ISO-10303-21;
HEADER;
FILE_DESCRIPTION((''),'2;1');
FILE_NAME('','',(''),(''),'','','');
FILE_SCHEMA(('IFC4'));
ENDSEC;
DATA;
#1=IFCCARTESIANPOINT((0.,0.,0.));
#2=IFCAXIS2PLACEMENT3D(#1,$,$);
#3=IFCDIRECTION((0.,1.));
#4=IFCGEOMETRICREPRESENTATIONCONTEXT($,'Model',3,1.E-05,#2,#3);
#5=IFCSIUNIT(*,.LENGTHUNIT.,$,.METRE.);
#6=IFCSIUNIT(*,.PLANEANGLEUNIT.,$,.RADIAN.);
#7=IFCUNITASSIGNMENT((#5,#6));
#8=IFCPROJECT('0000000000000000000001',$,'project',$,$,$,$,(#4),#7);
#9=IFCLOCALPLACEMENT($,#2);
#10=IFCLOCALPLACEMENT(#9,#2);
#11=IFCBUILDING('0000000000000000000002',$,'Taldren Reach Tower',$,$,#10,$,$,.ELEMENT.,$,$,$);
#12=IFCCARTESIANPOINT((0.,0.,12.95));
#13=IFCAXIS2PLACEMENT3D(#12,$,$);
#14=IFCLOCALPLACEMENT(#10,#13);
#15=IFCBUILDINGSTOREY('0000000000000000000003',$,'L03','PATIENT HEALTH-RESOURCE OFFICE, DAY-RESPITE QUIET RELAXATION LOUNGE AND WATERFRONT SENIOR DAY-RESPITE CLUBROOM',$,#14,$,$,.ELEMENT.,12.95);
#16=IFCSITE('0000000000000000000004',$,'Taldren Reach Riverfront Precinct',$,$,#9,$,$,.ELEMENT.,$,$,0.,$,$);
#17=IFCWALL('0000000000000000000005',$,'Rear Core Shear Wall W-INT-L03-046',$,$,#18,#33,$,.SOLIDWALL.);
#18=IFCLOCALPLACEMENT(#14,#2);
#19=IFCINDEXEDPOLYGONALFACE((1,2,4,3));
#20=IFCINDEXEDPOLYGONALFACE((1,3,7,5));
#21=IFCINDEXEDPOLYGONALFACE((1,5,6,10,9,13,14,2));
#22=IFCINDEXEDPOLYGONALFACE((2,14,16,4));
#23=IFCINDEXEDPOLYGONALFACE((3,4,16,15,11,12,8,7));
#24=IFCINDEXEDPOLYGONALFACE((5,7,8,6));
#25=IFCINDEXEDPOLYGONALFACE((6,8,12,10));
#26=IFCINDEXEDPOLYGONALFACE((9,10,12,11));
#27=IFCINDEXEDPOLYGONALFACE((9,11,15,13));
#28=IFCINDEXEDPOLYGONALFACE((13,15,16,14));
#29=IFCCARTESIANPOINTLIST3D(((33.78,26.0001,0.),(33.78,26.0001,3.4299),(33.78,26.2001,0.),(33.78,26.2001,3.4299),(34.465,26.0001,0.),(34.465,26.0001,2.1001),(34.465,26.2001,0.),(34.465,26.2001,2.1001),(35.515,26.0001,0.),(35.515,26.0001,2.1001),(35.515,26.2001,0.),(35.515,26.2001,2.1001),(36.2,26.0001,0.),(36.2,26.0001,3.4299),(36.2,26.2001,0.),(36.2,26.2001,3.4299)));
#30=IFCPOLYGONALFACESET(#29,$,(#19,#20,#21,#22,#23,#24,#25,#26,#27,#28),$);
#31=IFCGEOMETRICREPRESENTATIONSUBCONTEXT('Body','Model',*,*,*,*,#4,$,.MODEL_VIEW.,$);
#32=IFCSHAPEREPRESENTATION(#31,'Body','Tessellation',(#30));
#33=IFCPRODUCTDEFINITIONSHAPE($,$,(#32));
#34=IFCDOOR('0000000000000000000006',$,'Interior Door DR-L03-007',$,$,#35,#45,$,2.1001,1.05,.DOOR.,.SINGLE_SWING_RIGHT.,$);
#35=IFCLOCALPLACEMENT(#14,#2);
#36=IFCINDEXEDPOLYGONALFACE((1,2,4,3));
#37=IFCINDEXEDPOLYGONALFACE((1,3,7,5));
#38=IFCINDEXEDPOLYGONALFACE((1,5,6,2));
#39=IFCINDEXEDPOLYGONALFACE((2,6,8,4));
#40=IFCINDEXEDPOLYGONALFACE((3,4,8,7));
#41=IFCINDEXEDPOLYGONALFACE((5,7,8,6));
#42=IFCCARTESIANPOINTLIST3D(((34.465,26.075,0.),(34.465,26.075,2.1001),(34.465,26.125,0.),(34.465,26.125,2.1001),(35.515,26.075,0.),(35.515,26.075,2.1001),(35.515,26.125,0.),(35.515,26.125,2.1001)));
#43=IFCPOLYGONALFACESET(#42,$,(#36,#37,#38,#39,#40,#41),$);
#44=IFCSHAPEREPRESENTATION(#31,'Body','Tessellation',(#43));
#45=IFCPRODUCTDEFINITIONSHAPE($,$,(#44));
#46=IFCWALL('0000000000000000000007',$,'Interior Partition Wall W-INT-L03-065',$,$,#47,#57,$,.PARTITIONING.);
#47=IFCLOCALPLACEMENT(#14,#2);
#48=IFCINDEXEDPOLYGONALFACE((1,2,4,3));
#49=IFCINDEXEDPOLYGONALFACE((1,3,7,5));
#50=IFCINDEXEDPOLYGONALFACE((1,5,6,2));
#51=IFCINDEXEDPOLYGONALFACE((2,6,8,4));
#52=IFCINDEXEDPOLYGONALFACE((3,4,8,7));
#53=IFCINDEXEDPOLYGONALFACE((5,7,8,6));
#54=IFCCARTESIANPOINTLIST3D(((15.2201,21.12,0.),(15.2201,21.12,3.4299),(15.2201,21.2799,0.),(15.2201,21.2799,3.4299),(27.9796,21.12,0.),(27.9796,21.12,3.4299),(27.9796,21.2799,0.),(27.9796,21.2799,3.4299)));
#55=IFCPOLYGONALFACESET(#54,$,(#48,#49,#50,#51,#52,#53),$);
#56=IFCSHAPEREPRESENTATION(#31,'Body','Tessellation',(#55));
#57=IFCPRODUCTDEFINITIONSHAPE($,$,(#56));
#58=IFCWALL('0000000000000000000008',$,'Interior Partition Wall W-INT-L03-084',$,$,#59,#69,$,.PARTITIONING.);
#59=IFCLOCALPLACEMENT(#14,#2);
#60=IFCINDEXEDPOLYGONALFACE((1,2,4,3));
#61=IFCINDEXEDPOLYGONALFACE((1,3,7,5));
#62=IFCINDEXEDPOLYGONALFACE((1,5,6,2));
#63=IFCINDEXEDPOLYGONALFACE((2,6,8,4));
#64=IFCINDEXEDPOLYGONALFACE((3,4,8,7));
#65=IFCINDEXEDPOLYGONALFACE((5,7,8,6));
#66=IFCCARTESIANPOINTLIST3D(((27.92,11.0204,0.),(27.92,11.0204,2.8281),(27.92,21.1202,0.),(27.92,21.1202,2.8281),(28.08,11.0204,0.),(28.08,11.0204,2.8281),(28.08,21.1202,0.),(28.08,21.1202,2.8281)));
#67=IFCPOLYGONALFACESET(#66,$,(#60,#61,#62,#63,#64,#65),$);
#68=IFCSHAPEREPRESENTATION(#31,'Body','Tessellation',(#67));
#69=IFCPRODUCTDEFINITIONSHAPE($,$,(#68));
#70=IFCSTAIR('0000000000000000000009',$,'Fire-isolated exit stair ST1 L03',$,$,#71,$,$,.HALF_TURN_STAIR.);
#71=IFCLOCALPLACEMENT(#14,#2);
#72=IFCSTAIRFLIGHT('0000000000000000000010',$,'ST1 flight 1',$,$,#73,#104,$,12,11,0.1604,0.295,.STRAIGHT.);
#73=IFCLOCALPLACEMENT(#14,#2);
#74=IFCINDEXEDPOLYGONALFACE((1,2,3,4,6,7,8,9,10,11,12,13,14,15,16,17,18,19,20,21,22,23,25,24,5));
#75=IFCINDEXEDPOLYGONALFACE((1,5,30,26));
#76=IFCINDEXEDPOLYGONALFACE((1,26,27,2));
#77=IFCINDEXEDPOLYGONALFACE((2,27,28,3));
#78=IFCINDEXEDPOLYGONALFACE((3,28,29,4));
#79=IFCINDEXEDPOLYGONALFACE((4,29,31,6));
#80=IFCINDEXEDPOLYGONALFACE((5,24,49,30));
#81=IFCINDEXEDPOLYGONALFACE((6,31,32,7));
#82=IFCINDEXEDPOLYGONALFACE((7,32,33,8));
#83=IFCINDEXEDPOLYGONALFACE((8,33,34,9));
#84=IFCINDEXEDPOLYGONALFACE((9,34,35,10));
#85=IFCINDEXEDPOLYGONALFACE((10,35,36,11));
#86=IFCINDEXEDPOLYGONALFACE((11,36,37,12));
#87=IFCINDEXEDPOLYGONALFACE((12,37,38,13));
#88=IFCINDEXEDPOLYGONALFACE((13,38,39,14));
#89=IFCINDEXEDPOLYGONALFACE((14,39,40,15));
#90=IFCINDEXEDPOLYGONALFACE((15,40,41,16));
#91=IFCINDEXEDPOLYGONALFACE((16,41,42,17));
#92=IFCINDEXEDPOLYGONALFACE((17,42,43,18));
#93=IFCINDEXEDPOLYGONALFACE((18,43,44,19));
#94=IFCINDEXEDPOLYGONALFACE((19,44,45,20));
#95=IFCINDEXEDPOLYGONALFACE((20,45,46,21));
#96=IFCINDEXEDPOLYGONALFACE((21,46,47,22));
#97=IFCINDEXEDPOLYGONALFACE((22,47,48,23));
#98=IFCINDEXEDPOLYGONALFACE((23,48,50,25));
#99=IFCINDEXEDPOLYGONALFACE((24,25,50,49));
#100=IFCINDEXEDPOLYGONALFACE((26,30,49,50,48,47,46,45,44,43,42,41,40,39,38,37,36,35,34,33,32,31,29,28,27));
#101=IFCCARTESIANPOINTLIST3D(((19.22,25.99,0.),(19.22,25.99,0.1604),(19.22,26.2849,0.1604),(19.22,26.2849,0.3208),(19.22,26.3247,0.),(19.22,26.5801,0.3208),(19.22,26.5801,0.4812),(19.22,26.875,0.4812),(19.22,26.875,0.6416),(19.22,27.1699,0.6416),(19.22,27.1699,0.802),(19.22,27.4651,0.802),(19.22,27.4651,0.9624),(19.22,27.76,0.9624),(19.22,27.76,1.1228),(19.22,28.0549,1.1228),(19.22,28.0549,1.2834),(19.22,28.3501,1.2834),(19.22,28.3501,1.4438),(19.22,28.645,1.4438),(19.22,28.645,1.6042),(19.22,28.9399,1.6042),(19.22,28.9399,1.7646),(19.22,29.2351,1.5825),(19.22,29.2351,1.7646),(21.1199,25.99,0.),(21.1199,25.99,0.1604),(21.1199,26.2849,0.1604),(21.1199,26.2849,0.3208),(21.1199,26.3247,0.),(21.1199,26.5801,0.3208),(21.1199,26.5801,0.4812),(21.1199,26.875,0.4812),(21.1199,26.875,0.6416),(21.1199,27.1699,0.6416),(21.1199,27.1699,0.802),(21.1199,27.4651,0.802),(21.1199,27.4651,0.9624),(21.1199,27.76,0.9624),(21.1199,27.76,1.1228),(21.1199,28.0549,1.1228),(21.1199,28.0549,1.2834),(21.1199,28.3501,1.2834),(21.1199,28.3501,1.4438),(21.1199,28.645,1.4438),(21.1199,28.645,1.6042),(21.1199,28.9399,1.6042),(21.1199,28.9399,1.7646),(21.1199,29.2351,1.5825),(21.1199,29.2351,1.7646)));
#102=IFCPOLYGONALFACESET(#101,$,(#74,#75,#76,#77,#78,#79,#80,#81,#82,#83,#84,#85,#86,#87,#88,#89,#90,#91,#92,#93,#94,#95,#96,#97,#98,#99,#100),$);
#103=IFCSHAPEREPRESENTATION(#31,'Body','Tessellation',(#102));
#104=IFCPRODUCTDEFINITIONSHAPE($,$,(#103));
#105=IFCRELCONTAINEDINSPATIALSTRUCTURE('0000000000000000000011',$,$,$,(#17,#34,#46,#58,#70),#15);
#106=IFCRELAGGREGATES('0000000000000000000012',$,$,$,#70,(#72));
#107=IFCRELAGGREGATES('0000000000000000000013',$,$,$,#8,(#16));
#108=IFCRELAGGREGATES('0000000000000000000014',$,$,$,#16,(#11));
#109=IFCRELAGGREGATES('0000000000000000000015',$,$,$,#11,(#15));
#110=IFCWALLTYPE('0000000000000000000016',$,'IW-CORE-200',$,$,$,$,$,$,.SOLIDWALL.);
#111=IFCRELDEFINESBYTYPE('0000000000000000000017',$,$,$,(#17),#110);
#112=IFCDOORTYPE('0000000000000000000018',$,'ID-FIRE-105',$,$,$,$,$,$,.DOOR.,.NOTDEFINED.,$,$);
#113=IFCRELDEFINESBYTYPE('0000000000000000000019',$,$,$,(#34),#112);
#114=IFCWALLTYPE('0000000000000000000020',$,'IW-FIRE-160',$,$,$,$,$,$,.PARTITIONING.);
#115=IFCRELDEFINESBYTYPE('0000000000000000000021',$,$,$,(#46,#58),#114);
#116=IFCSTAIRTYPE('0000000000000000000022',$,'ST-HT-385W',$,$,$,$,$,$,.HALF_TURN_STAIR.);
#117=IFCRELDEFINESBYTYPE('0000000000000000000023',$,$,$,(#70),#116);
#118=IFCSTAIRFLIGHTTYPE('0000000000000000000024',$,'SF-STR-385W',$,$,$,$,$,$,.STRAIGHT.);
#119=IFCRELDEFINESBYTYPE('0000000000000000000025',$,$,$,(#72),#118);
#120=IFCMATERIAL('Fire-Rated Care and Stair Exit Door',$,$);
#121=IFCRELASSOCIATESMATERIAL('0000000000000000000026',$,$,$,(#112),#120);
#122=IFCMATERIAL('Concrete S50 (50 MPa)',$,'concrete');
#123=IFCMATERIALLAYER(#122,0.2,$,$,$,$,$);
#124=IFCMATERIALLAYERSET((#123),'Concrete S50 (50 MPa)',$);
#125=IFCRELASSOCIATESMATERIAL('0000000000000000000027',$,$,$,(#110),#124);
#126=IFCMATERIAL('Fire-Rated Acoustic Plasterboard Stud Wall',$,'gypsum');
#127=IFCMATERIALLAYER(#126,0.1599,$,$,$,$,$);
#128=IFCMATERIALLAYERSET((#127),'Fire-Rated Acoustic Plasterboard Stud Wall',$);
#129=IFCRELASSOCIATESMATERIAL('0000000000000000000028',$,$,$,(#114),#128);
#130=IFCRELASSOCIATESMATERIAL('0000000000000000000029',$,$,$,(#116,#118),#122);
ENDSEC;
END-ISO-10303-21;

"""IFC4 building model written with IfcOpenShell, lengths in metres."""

from ifc_helpers import new_model, si_unit, direction, frame, frame_2d, origin, place, context, subcontext, project, spatial, polyline, rectangle, outline, extrude, source, transform, mapped, material, layer, layer_set, type_object, element, fill, aggregate, save


model = new_model("IFC4")

# Units and contexts
model_context = context("Model", 3, precision=1e-05, world=origin(), true_north=direction((0.0, 1.0)))
body_context = subcontext(model_context, "Body", "Model", "MODEL_VIEW")
ifc_project = project(units=[si_unit("LENGTHUNIT", "METRE"), si_unit("PLANEANGLEUNIT", "RADIAN")], contexts=[model_context])

# Site, building, storey
site_placement = place(None, origin())
site = spatial("IfcSite", under=ifc_project, at=site_placement, Name="Taldren Reach Riverfront Precinct", CompositionType="ELEMENT", RefElevation=0.0)
building_placement = place(site_placement, origin())
building = spatial("IfcBuilding", under=site, at=building_placement, Name="Taldren Reach Tower", CompositionType="ELEMENT")
storey_placement = place(building_placement, frame((0.0, 0.0, 12.95)))
storey = spatial("IfcBuildingStorey", under=building, at=storey_placement, Name="L03", Description="PATIENT HEALTH-RESOURCE OFFICE, DAY-RESPITE QUIET RELAXATION LOUNGE AND WATERFRONT SENIOR DAY-RESPITE CLUBROOM", CompositionType="ELEMENT", Elevation=12.95)

# Shared definitions
ifc_material_1 = material(Name="Fire-Rated Care and Stair Exit Door")
door_type = type_object("IfcDoorType", Name="ID-FIRE-105", OperationType="NOTDEFINED", PredefinedType="DOOR", material=ifc_material_1)
shared_shape_1 = source(origin(), body_context, "Body", "SweptSolid", [
    extrude(rectangle(XDim=1.05, YDim=2.1001, at=frame_2d((0.5249, 1.05))), frame((0.0, 0.0249, 0.0), z_axis=(0.0, -1.0, 0.0), x_axis=(1.0, 0.0, 0.0)), (0.0, 0.0, 1.0), 0.05),
])

# Shared definitions
ifc_material_2 = material(Name="Concrete S50 (50 MPa)", Category="concrete")
ifc_layer_1 = layer(ifc_material_2, 0.2)
ifc_layer_set_1 = layer_set([ifc_layer_1], Name="Concrete S50 (50 MPa)")
wall_type_1 = type_object("IfcWallType", Name="IW-CORE-200", PredefinedType="SOLIDWALL", material=ifc_layer_set_1)

# Shared definitions
shared_shape_2 = source(origin(), body_context, "Body", "SweptSolid", [
    extrude(rectangle(XDim=1.05, YDim=2.1001, at=frame_2d((0.5249, 1.05))), frame((0.0, 0.1099, 0.0), z_axis=(0.0, -1.0, 0.0), x_axis=(1.0, 0.0, 0.0)), (0.0, 0.0, 1.0), 0.22),
])

# Wall, opening, door
shared_shape_3 = source(origin(), body_context, "Body", "SweptSolid", [
    extrude(rectangle(XDim=2.4199, YDim=0.2, at=frame_2d((1.21, 0.0))), origin(), (0.0, 0.0, 1.0), 3.4299),
])
wall_1_placement = place(storey_placement, frame((33.78, 26.1001, 0.0), z_axis=(0.0, 0.0, 1.0), x_axis=(1.0, 0.0, 0.0)))
wall_1 = element("IfcWall", 1, at=wall_1_placement, inside=storey, type_object=wall_type_1, Name="Rear Core Shear Wall W-INT-L03-046", PredefinedType="SOLIDWALL", context=body_context, shape_type="MappedRepresentation", body=[
    mapped(shared_shape_3, transform((0.0, 0.0, 0.0), scale=1.0)),
])
opening_1_placement = place(wall_1_placement, frame((0.6851, 0.0, 0.0)))
opening_1 = element("IfcOpeningElement", 2, at=opening_1_placement, cuts=wall_1, PredefinedType="OPENING", context=body_context, shape_type="MappedRepresentation", body=[
    mapped(shared_shape_2, transform((0.0, 0.0, 0.0), scale=1.0)),
])
door_1_placement = place(opening_1_placement, origin())
door_1 = element("IfcDoor", 3, at=door_1_placement, inside=storey, type_object=door_type, Name="Interior Door DR-L03-007", OperationType="SINGLE_SWING_RIGHT", OverallHeight=2.1001, OverallWidth=1.05, PredefinedType="DOOR", context=body_context, shape_type="MappedRepresentation", body=[
    mapped(shared_shape_1, transform((0.0, 0.0, 0.0), scale=1.0)),
])
fill(opening_1, door_1)

# Walls
ifc_material_3 = material(Name="Fire-Rated Acoustic Plasterboard Stud Wall", Category="gypsum")
ifc_layer_2 = layer(ifc_material_3, 0.1599)
ifc_layer_set_2 = layer_set([ifc_layer_2], Name="Fire-Rated Acoustic Plasterboard Stud Wall")
wall_type_2 = type_object("IfcWallType", Name="IW-FIRE-160", PredefinedType="PARTITIONING", material=ifc_layer_set_2)
shared_shape_4 = source(origin(), body_context, "Body", "SweptSolid", [
    extrude(rectangle(XDim=12.7595, YDim=0.1599, at=frame_2d((6.3799, 0.0))), origin(), (0.0, 0.0, 1.0), 3.4299),
])
wall_2_placement = place(storey_placement, frame((27.9797, 21.2, 0.0), z_axis=(0.0, 0.0, 1.0), x_axis=(-1.0, 0.0, 0.0)))
element("IfcWall", 4, at=wall_2_placement, inside=storey, type_object=wall_type_2, Name="Interior Partition Wall W-INT-L03-065", PredefinedType="PARTITIONING", context=body_context, shape_type="MappedRepresentation", body=[
    mapped(shared_shape_4, transform((0.0, 0.0, 0.0), scale=1.0)),
])
shared_shape_5 = source(origin(), body_context, "Body", "SweptSolid", [
    extrude(rectangle(XDim=10.0999, YDim=0.1599, at=frame_2d((5.0498, 0.0))), origin(), (0.0, 0.0, 1.0), 2.8281),
])
wall_3_placement = place(storey_placement, frame((28.0, 21.1201, 0.0), z_axis=(0.0, 0.0, 1.0), x_axis=(0.0, -1.0, 0.0)))
element("IfcWall", 5, at=wall_3_placement, inside=storey, type_object=wall_type_2, Name="Interior Partition Wall W-INT-L03-084", PredefinedType="PARTITIONING", context=body_context, shape_type="MappedRepresentation", body=[
    mapped(shared_shape_5, transform((0.0, 0.0, 0.0), scale=1.0)),
])

# Stair, stair flight
stair_type = type_object("IfcStairType", Name="ST-HT-385W", PredefinedType="HALF_TURN_STAIR", material=ifc_material_2)
stair_placement = place(storey_placement, origin())
stair = element("IfcStair", 6, at=stair_placement, inside=storey, type_object=stair_type, Name="Fire-isolated exit stair ST1 L03", PredefinedType="HALF_TURN_STAIR")
stair_flight_type = type_object("IfcStairFlightType", Name="SF-STR-385W", PredefinedType="STRAIGHT", material=ifc_material_2)
stair_flight_placement = place(storey_placement, frame((20.1699, 25.99, 0.0), z_axis=(0.0, 0.0, 1.0), x_axis=(0.0, 1.0, 0.0)))
stair_flight = element("IfcStairFlight", 7, at=stair_flight_placement, type_object=stair_flight_type, Name="ST1 flight 1", NumberOfRisers=12, NumberOfTreads=11, PredefinedType="STRAIGHT", RiserHeight=0.1604, TreadLength=0.295, context=body_context, shape_type="SweptSolid", body=[
    extrude(outline(polyline([(0.0, 0.0), (0.0, 0.1604), (0.2949, 0.1604), (0.2949, 0.3208), (0.5901, 0.3208), (0.5901, 0.4812), (0.885, 0.4812), (0.885, 0.6416), (1.1799, 0.6416), (1.1799, 0.802), (1.4751, 0.802), (1.4751, 0.9624), (1.77, 0.9624), (1.77, 1.1228), (2.0649, 1.1228), (2.0649, 1.2834), (2.3601, 1.2834), (2.3601, 1.4438), (2.655, 1.4438), (2.655, 1.6042), (2.95, 1.6042), (2.95, 1.7646), (3.2451, 1.7646), (3.2451, 1.925), (3.2451, 1.5825), (0.3347, 0.0), (0.0, 0.0)])), frame((0.0, 0.95, 0.0), z_axis=(0.0, -1.0, 0.0), x_axis=(1.0, 0.0, 0.0)), (0.0, 0.0, 1.0), 1.8999),
])
aggregate(stair, [stair_flight])

save(model, "model.ifc")
